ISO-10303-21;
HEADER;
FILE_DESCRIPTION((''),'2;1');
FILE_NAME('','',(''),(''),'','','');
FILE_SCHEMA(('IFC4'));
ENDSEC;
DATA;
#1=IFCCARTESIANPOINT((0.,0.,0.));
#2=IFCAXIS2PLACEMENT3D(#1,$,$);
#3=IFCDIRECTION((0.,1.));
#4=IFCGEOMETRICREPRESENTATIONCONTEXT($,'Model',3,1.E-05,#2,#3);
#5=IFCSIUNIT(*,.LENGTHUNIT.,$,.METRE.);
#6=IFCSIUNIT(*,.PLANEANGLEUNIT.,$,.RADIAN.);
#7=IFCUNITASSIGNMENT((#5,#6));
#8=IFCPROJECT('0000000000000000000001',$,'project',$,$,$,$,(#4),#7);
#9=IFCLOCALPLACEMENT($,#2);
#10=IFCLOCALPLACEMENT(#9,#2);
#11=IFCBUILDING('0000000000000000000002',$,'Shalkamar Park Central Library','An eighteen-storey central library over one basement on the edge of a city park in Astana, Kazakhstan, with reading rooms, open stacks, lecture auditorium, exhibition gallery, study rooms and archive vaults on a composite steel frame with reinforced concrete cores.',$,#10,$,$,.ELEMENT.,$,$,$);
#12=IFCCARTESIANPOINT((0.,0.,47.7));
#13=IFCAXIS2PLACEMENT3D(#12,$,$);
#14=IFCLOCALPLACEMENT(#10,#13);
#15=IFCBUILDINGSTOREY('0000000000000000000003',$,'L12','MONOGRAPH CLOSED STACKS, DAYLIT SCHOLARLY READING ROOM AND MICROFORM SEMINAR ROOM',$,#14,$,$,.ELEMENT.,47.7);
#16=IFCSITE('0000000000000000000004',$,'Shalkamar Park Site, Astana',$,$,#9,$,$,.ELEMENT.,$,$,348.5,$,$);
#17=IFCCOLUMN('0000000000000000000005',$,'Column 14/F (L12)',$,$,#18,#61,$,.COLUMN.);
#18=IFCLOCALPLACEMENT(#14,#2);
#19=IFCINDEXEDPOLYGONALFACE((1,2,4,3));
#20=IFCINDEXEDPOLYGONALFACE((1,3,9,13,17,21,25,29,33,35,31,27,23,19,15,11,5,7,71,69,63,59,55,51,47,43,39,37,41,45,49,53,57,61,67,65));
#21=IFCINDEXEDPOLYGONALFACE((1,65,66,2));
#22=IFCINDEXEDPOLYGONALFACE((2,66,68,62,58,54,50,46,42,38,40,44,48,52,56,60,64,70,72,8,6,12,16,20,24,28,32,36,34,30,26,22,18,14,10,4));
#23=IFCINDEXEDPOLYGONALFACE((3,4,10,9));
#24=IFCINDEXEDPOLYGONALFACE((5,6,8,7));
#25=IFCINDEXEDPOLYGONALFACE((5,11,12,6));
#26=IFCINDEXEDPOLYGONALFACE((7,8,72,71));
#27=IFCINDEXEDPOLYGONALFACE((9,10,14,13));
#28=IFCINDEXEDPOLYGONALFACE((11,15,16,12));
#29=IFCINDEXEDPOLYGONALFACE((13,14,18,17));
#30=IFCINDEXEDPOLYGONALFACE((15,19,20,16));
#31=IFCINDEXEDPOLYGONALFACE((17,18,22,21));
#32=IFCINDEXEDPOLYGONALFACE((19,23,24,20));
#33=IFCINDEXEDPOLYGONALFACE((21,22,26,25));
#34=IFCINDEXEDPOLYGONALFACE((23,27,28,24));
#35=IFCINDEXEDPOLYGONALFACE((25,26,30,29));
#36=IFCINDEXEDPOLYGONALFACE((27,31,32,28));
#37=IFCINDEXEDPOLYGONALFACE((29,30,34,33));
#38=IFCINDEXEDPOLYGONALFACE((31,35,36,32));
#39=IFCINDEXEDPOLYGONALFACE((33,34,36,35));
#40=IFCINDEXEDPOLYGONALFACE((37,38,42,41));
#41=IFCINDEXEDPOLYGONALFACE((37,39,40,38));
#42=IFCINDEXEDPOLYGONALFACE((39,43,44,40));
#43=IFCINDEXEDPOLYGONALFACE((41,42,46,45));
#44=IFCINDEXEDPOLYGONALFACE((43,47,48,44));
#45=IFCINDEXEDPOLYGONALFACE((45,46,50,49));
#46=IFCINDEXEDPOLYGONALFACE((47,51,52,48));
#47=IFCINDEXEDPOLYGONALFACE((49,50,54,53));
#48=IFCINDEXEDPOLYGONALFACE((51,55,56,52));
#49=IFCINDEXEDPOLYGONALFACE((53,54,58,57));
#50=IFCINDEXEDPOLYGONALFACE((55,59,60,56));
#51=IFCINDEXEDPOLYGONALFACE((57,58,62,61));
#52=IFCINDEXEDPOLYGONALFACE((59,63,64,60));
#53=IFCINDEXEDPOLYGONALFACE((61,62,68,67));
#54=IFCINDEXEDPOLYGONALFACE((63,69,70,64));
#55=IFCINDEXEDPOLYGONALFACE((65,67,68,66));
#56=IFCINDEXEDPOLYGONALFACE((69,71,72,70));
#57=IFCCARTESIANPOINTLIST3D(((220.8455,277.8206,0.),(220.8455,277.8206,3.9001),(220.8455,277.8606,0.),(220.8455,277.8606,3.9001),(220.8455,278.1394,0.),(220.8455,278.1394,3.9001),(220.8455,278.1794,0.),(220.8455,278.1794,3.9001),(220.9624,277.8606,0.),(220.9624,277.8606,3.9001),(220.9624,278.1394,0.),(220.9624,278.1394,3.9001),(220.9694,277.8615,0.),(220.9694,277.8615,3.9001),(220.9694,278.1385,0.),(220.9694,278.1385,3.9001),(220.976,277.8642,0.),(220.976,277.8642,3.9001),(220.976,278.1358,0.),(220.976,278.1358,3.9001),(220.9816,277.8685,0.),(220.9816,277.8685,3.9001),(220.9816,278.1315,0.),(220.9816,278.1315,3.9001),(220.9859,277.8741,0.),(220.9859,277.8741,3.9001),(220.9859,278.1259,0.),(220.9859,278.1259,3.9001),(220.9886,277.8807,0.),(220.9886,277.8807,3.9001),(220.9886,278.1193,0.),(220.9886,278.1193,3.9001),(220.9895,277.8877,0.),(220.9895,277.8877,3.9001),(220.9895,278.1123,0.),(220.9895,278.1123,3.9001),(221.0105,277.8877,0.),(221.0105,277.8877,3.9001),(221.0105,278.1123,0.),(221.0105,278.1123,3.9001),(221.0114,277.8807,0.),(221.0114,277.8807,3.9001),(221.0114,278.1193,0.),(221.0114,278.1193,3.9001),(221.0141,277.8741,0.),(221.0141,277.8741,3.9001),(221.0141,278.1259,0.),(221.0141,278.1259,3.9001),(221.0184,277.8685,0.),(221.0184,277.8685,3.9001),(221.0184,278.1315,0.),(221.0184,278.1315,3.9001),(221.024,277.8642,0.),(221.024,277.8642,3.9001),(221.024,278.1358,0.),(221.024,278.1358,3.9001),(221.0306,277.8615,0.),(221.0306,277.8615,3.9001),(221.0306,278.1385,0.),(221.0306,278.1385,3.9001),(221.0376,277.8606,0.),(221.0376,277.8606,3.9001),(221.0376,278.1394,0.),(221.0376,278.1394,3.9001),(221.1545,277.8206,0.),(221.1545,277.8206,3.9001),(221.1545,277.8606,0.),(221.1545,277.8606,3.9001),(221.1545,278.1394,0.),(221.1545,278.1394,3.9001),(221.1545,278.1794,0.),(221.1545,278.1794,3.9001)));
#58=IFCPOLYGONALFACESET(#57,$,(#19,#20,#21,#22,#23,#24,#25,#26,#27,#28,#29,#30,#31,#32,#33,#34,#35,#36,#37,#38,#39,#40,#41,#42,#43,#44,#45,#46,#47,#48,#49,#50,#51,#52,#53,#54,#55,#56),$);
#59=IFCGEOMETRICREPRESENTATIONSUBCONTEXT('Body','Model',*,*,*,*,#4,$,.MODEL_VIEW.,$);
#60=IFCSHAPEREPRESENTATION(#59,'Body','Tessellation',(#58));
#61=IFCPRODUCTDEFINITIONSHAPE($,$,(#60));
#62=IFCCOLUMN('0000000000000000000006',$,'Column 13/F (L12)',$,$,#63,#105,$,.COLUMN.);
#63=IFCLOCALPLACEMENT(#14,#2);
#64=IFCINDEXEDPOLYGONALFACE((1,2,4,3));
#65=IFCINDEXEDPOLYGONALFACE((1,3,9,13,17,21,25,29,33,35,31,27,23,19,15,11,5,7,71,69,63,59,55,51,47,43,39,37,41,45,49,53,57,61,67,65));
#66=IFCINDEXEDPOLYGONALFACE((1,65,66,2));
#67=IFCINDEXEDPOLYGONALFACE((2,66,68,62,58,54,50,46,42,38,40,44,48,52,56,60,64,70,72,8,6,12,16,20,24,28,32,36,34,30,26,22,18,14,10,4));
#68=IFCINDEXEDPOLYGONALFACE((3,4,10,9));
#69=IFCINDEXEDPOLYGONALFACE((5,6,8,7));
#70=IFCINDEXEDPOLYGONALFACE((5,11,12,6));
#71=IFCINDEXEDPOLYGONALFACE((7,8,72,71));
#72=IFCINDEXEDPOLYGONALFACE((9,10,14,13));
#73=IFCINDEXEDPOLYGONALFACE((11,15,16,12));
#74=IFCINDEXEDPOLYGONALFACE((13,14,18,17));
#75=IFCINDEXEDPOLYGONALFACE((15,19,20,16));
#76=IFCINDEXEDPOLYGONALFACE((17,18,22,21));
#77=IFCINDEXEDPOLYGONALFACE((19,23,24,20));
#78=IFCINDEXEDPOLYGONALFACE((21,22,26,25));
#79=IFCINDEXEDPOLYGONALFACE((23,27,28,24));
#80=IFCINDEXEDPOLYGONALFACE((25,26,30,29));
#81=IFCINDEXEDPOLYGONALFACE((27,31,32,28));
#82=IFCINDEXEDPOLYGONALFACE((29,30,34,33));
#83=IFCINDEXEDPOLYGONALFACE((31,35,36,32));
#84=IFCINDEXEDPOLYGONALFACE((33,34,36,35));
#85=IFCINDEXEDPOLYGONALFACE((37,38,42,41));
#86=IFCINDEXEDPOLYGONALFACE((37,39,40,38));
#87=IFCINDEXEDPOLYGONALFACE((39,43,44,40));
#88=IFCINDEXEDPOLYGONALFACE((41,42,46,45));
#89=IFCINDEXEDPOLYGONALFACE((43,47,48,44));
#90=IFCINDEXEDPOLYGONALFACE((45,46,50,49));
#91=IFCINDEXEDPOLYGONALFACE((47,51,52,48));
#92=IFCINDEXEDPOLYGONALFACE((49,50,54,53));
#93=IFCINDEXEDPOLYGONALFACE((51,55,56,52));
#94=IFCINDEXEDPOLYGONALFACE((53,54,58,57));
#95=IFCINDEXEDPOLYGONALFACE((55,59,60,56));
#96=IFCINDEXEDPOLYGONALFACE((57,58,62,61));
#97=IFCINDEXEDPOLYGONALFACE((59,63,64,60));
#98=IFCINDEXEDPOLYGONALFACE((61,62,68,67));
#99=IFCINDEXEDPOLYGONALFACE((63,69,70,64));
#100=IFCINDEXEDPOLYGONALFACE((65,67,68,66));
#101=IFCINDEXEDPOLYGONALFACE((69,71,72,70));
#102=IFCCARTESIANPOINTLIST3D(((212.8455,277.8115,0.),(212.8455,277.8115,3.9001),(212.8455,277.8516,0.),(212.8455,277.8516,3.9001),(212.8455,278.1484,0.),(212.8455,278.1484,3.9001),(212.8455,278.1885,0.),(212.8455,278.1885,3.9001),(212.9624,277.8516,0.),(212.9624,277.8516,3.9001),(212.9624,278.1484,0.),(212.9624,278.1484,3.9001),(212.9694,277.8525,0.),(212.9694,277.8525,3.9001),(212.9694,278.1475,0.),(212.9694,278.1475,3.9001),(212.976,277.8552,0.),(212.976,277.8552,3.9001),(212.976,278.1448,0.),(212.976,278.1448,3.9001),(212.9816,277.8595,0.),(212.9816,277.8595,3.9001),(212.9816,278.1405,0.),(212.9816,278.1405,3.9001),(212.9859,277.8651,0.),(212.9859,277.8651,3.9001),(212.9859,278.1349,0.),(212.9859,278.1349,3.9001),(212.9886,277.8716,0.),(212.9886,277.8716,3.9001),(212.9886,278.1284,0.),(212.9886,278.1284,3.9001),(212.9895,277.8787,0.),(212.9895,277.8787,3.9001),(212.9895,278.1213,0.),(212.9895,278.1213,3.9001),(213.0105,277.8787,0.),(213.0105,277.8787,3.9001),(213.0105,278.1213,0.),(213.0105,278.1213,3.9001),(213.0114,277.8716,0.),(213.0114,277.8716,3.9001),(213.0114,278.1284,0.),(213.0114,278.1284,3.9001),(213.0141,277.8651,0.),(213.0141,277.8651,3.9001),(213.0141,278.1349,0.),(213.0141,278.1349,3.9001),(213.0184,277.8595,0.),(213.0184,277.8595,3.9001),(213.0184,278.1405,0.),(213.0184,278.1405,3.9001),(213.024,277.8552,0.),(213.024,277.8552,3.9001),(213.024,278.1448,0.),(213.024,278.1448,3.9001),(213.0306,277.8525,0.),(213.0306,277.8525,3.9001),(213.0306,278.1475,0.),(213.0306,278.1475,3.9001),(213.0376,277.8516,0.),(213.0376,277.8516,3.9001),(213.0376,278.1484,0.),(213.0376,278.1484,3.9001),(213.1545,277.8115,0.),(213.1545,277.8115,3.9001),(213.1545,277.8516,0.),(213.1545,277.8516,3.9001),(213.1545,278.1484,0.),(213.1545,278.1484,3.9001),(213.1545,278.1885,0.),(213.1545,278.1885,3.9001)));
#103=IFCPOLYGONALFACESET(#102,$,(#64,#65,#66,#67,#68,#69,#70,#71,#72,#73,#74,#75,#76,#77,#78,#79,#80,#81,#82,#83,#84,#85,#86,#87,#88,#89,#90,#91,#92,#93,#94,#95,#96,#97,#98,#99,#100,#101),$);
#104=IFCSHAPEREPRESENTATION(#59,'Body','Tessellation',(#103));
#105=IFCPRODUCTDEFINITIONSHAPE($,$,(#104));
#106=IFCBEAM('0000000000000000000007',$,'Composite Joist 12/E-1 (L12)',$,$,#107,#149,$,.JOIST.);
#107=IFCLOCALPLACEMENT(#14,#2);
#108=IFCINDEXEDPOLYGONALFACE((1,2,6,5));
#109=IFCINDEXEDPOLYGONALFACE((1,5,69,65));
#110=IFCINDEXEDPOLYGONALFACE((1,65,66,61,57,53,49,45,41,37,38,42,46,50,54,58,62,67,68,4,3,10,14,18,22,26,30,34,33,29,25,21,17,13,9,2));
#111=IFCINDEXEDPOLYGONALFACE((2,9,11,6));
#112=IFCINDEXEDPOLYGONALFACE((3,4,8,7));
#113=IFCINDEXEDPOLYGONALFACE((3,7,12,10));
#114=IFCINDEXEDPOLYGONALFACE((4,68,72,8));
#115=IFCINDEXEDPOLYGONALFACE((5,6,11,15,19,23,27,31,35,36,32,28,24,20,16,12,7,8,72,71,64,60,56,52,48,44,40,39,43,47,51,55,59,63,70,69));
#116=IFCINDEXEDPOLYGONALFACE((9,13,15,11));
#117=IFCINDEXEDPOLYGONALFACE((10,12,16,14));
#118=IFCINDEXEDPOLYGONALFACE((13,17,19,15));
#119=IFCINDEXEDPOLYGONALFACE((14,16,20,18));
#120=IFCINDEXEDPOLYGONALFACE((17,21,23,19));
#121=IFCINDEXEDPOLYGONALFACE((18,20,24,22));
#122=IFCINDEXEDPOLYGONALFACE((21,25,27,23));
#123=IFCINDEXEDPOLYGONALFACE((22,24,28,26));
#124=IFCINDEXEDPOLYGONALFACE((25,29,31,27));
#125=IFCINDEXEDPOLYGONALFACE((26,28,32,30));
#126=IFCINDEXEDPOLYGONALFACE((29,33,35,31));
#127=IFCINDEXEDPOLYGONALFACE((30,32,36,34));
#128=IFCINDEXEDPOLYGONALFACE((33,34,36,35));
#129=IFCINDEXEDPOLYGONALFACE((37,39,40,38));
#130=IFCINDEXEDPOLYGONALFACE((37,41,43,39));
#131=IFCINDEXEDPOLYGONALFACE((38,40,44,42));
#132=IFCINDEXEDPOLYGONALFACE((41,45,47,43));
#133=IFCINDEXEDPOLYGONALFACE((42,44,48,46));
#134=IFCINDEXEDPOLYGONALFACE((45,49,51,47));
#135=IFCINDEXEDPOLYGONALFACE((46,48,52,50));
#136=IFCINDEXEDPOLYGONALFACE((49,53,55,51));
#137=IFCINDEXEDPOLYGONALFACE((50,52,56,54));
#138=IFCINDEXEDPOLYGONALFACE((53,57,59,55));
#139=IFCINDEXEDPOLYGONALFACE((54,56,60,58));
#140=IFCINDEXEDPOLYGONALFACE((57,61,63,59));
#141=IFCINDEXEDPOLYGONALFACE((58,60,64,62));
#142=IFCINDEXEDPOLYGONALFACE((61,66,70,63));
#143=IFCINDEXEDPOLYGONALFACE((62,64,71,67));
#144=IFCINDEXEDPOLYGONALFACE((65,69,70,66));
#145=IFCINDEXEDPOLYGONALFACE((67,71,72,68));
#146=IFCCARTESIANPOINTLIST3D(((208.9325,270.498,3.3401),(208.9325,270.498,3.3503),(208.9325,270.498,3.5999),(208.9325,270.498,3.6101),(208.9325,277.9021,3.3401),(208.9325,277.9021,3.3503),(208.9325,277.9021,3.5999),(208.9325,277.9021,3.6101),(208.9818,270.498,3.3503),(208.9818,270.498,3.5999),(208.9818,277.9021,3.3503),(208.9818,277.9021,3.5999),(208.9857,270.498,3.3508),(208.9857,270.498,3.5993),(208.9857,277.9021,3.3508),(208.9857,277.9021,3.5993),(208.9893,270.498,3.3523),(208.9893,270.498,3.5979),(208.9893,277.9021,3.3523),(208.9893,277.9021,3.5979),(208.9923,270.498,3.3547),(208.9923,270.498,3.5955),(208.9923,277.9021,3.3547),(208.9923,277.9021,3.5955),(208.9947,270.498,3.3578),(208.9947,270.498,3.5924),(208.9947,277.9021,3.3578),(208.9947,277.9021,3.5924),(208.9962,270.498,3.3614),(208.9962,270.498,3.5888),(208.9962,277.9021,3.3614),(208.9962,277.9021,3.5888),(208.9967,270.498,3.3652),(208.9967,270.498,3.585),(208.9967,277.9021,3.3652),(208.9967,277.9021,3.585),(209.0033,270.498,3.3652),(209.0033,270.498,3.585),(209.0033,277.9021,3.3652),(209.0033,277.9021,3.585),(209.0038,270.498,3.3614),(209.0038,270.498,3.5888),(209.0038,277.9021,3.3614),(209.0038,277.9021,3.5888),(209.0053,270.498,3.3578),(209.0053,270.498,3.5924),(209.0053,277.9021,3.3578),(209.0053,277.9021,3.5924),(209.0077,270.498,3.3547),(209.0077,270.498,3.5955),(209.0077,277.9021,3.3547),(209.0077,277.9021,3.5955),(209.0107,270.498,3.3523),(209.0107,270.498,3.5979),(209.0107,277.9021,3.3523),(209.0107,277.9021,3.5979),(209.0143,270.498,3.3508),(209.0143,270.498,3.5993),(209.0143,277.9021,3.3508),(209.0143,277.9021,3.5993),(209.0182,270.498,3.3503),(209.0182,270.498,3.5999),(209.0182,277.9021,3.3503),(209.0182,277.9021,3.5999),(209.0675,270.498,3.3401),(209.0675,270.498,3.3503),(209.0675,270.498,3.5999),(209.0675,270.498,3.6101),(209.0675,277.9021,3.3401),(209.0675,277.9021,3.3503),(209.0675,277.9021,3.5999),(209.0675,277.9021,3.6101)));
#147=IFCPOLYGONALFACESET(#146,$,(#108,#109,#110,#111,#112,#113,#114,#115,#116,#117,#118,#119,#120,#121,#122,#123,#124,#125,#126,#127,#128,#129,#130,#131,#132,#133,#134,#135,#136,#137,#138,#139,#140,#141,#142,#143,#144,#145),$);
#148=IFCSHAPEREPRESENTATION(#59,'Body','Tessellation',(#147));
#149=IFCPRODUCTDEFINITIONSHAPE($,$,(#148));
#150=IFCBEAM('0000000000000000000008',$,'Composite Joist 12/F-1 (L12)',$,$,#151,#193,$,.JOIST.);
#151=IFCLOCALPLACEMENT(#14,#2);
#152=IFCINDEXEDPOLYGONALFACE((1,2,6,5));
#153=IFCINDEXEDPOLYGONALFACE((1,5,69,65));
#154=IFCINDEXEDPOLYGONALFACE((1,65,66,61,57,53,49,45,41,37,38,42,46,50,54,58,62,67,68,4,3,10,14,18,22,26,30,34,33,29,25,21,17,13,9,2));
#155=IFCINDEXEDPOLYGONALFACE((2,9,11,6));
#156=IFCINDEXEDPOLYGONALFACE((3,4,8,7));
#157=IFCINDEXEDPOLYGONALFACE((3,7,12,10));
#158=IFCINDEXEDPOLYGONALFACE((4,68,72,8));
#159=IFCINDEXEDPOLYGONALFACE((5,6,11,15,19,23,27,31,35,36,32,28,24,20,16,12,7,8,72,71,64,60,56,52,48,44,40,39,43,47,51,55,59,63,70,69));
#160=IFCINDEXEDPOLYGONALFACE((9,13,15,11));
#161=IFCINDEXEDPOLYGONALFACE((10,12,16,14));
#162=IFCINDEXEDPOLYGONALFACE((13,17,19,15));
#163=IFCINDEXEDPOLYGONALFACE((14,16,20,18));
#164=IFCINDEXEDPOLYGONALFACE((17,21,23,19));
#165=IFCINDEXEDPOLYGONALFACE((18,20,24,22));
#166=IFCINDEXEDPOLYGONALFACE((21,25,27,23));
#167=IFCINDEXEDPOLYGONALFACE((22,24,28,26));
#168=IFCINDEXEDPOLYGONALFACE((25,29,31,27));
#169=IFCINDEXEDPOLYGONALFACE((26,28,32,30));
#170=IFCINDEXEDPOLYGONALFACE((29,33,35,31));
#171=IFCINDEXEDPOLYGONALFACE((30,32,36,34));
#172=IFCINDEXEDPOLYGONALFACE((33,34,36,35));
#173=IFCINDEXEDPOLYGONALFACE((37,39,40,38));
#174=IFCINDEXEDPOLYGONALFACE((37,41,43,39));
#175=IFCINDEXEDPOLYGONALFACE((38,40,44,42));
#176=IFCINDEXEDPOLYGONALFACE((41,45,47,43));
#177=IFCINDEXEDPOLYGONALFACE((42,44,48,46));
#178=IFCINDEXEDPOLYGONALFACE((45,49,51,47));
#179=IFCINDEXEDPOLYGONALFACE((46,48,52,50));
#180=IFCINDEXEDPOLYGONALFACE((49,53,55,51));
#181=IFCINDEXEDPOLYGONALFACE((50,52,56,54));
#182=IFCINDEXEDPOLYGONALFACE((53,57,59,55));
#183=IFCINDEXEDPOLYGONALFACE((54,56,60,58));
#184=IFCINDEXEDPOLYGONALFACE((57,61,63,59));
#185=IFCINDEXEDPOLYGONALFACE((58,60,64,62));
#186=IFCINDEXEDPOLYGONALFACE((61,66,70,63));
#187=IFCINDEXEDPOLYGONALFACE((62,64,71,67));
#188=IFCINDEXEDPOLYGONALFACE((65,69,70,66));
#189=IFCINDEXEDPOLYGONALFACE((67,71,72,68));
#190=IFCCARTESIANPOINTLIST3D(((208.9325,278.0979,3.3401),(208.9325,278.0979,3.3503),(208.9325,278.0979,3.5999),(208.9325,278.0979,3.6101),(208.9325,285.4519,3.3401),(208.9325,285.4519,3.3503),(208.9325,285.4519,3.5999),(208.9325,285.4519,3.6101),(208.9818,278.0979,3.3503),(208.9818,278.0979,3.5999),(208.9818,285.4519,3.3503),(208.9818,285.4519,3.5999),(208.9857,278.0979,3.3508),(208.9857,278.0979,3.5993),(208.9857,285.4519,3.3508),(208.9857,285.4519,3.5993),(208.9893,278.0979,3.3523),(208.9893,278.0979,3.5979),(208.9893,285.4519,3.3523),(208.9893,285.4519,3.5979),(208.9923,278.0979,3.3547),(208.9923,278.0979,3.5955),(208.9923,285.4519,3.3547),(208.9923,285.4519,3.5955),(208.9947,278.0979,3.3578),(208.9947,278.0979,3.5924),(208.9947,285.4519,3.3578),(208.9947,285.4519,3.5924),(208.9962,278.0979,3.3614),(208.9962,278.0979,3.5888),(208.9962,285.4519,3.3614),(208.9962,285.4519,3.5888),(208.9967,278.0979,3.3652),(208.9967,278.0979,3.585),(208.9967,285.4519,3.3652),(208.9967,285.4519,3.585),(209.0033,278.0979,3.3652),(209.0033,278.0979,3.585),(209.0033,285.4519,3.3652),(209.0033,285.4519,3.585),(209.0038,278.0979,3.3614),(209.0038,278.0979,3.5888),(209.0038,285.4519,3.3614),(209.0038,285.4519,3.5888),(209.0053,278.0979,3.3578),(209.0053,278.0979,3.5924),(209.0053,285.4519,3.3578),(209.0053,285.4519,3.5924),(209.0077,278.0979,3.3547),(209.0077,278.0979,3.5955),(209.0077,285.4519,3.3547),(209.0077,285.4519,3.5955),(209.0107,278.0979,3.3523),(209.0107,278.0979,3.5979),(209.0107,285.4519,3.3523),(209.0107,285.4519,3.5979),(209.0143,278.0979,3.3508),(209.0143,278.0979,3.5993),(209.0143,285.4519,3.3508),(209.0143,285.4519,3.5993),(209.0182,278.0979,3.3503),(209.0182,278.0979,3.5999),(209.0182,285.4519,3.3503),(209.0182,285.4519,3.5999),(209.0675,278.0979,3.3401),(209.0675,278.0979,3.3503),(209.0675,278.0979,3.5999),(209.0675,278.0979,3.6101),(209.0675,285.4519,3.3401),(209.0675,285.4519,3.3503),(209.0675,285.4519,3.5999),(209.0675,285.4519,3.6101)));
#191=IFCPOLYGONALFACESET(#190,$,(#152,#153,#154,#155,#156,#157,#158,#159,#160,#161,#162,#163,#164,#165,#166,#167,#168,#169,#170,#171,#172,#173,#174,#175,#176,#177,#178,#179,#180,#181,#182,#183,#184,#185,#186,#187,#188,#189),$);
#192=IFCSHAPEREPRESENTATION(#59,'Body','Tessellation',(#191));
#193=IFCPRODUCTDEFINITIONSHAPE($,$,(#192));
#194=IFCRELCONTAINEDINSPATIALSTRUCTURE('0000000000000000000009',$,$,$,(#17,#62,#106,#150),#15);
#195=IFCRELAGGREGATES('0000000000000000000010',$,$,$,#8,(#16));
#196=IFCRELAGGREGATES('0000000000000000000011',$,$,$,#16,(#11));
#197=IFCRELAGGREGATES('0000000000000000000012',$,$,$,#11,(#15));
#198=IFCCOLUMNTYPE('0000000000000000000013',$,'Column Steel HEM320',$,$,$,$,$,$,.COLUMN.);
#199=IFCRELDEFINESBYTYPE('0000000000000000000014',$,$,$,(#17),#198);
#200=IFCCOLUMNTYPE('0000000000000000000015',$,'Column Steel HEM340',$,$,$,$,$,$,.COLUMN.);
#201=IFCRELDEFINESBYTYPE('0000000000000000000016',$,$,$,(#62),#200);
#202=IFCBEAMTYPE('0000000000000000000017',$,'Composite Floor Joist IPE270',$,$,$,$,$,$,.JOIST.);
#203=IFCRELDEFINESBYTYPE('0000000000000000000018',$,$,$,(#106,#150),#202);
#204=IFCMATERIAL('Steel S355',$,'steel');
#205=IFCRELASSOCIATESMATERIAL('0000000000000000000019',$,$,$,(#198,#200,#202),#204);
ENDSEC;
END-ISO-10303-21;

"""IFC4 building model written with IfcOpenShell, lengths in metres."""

from ifc_helpers import new_model, si_unit, direction, frame, origin, origin_2d, place, context, subcontext, project, spatial, i_section, extrude, material, material_profile, profile_set, type_object, element, save


model = new_model("IFC4")

# Units and contexts
model_context = context("Model", 3, precision=1e-05, world=origin(), true_north=direction((0.0, 1.0)))
body_context = subcontext(model_context, "Body", "Model", "MODEL_VIEW")
ifc_project = project(units=[si_unit("LENGTHUNIT", "METRE"), si_unit("PLANEANGLEUNIT", "RADIAN")], contexts=[model_context])

# Site, building, storey
site_placement = place(None, origin())
site = spatial("IfcSite", under=ifc_project, at=site_placement, Name="Shalkamar Park Site, Astana", CompositionType="ELEMENT", RefElevation=348.5)
building_placement = place(site_placement, origin())
building = spatial("IfcBuilding", under=site, at=building_placement, Name="Shalkamar Park Central Library", Description="An eighteen-storey central library over one basement on the edge of a city park in Astana, Kazakhstan, with reading rooms, open stacks, lecture auditorium, exhibition gallery, study rooms and archive vaults on a composite steel frame with reinforced concrete cores.", CompositionType="ELEMENT")
storey_placement = place(building_placement, frame((0.0, 0.0, 47.7)))
storey = spatial("IfcBuildingStorey", under=building, at=storey_placement, Name="L12", Description="MONOGRAPH CLOSED STACKS, DAYLIT SCHOLARLY READING ROOM AND MICROFORM SEMINAR ROOM", CompositionType="ELEMENT", Elevation=47.7)

# Columns
ifc_material_1 = material(Name="Steel S355", Category="steel")
ifc_material_profile_1 = material_profile(ifc_material_1, i_section(OverallWidth=0.3091, OverallDepth=0.3589, WebThickness=0.021, FlangeThickness=0.04, FilletRadius=0.0271, at=origin_2d()), Name="HEM 320")
ifc_profile_set_1 = profile_set([ifc_material_profile_1], Name="Steel S355")
column_type_1 = type_object("IfcColumnType", Name="Column Steel HEM320", PredefinedType="COLUMN", material=ifc_profile_set_1)
column_1_placement = place(storey_placement, frame((221.0, 278.0, 0.0), z_axis=(0.0, 0.0, 1.0), x_axis=(1.0, 0.0, 0.0)))
element("IfcColumn", 1, at=column_1_placement, inside=storey, type_object=column_type_1, Name="Column 14/F (L12)", PredefinedType="COLUMN", context=body_context, shape_type="SweptSolid", body=[
    extrude(i_section(OverallWidth=0.3091, OverallDepth=0.3589, WebThickness=0.021, FlangeThickness=0.04, FilletRadius=0.0271, at=origin_2d()), origin(), (0.0, 0.0, 1.0), 3.9001),
])
ifc_material_profile_2 = material_profile(ifc_material_1, i_section(OverallWidth=0.3091, OverallDepth=0.377, WebThickness=0.021, FlangeThickness=0.04, FilletRadius=0.0271, at=origin_2d()), Name="HEM 340")
ifc_profile_set_2 = profile_set([ifc_material_profile_2], Name="Steel S355")
column_type_2 = type_object("IfcColumnType", Name="Column Steel HEM340", PredefinedType="COLUMN", material=ifc_profile_set_2)
column_2_placement = place(storey_placement, frame((213.0, 278.0, 0.0), z_axis=(0.0, 0.0, 1.0), x_axis=(1.0, 0.0, 0.0)))
element("IfcColumn", 2, at=column_2_placement, inside=storey, type_object=column_type_2, Name="Column 13/F (L12)", PredefinedType="COLUMN", context=body_context, shape_type="SweptSolid", body=[
    extrude(i_section(OverallWidth=0.3091, OverallDepth=0.377, WebThickness=0.021, FlangeThickness=0.04, FilletRadius=0.0271, at=origin_2d()), origin(), (0.0, 0.0, 1.0), 3.9001),
])

# Beams
ifc_material_profile_3 = material_profile(ifc_material_1, i_section(OverallWidth=0.135, OverallDepth=0.27, WebThickness=0.0066, FlangeThickness=0.0103, FilletRadius=0.0149, at=origin_2d()), Name="IPE 270")
ifc_profile_set_3 = profile_set([ifc_material_profile_3], Name="Steel S355")
beam_type_1 = type_object("IfcBeamType", Name="Composite Floor Joist IPE270", PredefinedType="JOIST", material=ifc_profile_set_3)
beam_1_placement = place(storey_placement, frame((209.0, 270.498, 3.4751), z_axis=(0.0, 1.0, 0.0), x_axis=(-1.0, 0.0, 0.0)))
element("IfcBeam", 3, at=beam_1_placement, inside=storey, type_object=beam_type_1, Name="Composite Joist 12/E-1 (L12)", PredefinedType="JOIST", context=body_context, shape_type="SweptSolid", body=[
    extrude(i_section(OverallWidth=0.135, OverallDepth=0.27, WebThickness=0.0066, FlangeThickness=0.0103, FilletRadius=0.0149, at=origin_2d()), origin(), (0.0, 0.0, 1.0), 7.4041),
])
beam_2_placement = place(storey_placement, frame((209.0, 278.0979, 3.4751), z_axis=(0.0, 1.0, 0.0), x_axis=(-1.0, 0.0, 0.0)))
element("IfcBeam", 4, at=beam_2_placement, inside=storey, type_object=beam_type_1, Name="Composite Joist 12/F-1 (L12)", PredefinedType="JOIST", context=body_context, shape_type="SweptSolid", body=[
    extrude(i_section(OverallWidth=0.135, OverallDepth=0.27, WebThickness=0.0066, FlangeThickness=0.0103, FilletRadius=0.0149, at=origin_2d()), origin(), (0.0, 0.0, 1.0), 7.354),
])

save(model, "model.ifc")
